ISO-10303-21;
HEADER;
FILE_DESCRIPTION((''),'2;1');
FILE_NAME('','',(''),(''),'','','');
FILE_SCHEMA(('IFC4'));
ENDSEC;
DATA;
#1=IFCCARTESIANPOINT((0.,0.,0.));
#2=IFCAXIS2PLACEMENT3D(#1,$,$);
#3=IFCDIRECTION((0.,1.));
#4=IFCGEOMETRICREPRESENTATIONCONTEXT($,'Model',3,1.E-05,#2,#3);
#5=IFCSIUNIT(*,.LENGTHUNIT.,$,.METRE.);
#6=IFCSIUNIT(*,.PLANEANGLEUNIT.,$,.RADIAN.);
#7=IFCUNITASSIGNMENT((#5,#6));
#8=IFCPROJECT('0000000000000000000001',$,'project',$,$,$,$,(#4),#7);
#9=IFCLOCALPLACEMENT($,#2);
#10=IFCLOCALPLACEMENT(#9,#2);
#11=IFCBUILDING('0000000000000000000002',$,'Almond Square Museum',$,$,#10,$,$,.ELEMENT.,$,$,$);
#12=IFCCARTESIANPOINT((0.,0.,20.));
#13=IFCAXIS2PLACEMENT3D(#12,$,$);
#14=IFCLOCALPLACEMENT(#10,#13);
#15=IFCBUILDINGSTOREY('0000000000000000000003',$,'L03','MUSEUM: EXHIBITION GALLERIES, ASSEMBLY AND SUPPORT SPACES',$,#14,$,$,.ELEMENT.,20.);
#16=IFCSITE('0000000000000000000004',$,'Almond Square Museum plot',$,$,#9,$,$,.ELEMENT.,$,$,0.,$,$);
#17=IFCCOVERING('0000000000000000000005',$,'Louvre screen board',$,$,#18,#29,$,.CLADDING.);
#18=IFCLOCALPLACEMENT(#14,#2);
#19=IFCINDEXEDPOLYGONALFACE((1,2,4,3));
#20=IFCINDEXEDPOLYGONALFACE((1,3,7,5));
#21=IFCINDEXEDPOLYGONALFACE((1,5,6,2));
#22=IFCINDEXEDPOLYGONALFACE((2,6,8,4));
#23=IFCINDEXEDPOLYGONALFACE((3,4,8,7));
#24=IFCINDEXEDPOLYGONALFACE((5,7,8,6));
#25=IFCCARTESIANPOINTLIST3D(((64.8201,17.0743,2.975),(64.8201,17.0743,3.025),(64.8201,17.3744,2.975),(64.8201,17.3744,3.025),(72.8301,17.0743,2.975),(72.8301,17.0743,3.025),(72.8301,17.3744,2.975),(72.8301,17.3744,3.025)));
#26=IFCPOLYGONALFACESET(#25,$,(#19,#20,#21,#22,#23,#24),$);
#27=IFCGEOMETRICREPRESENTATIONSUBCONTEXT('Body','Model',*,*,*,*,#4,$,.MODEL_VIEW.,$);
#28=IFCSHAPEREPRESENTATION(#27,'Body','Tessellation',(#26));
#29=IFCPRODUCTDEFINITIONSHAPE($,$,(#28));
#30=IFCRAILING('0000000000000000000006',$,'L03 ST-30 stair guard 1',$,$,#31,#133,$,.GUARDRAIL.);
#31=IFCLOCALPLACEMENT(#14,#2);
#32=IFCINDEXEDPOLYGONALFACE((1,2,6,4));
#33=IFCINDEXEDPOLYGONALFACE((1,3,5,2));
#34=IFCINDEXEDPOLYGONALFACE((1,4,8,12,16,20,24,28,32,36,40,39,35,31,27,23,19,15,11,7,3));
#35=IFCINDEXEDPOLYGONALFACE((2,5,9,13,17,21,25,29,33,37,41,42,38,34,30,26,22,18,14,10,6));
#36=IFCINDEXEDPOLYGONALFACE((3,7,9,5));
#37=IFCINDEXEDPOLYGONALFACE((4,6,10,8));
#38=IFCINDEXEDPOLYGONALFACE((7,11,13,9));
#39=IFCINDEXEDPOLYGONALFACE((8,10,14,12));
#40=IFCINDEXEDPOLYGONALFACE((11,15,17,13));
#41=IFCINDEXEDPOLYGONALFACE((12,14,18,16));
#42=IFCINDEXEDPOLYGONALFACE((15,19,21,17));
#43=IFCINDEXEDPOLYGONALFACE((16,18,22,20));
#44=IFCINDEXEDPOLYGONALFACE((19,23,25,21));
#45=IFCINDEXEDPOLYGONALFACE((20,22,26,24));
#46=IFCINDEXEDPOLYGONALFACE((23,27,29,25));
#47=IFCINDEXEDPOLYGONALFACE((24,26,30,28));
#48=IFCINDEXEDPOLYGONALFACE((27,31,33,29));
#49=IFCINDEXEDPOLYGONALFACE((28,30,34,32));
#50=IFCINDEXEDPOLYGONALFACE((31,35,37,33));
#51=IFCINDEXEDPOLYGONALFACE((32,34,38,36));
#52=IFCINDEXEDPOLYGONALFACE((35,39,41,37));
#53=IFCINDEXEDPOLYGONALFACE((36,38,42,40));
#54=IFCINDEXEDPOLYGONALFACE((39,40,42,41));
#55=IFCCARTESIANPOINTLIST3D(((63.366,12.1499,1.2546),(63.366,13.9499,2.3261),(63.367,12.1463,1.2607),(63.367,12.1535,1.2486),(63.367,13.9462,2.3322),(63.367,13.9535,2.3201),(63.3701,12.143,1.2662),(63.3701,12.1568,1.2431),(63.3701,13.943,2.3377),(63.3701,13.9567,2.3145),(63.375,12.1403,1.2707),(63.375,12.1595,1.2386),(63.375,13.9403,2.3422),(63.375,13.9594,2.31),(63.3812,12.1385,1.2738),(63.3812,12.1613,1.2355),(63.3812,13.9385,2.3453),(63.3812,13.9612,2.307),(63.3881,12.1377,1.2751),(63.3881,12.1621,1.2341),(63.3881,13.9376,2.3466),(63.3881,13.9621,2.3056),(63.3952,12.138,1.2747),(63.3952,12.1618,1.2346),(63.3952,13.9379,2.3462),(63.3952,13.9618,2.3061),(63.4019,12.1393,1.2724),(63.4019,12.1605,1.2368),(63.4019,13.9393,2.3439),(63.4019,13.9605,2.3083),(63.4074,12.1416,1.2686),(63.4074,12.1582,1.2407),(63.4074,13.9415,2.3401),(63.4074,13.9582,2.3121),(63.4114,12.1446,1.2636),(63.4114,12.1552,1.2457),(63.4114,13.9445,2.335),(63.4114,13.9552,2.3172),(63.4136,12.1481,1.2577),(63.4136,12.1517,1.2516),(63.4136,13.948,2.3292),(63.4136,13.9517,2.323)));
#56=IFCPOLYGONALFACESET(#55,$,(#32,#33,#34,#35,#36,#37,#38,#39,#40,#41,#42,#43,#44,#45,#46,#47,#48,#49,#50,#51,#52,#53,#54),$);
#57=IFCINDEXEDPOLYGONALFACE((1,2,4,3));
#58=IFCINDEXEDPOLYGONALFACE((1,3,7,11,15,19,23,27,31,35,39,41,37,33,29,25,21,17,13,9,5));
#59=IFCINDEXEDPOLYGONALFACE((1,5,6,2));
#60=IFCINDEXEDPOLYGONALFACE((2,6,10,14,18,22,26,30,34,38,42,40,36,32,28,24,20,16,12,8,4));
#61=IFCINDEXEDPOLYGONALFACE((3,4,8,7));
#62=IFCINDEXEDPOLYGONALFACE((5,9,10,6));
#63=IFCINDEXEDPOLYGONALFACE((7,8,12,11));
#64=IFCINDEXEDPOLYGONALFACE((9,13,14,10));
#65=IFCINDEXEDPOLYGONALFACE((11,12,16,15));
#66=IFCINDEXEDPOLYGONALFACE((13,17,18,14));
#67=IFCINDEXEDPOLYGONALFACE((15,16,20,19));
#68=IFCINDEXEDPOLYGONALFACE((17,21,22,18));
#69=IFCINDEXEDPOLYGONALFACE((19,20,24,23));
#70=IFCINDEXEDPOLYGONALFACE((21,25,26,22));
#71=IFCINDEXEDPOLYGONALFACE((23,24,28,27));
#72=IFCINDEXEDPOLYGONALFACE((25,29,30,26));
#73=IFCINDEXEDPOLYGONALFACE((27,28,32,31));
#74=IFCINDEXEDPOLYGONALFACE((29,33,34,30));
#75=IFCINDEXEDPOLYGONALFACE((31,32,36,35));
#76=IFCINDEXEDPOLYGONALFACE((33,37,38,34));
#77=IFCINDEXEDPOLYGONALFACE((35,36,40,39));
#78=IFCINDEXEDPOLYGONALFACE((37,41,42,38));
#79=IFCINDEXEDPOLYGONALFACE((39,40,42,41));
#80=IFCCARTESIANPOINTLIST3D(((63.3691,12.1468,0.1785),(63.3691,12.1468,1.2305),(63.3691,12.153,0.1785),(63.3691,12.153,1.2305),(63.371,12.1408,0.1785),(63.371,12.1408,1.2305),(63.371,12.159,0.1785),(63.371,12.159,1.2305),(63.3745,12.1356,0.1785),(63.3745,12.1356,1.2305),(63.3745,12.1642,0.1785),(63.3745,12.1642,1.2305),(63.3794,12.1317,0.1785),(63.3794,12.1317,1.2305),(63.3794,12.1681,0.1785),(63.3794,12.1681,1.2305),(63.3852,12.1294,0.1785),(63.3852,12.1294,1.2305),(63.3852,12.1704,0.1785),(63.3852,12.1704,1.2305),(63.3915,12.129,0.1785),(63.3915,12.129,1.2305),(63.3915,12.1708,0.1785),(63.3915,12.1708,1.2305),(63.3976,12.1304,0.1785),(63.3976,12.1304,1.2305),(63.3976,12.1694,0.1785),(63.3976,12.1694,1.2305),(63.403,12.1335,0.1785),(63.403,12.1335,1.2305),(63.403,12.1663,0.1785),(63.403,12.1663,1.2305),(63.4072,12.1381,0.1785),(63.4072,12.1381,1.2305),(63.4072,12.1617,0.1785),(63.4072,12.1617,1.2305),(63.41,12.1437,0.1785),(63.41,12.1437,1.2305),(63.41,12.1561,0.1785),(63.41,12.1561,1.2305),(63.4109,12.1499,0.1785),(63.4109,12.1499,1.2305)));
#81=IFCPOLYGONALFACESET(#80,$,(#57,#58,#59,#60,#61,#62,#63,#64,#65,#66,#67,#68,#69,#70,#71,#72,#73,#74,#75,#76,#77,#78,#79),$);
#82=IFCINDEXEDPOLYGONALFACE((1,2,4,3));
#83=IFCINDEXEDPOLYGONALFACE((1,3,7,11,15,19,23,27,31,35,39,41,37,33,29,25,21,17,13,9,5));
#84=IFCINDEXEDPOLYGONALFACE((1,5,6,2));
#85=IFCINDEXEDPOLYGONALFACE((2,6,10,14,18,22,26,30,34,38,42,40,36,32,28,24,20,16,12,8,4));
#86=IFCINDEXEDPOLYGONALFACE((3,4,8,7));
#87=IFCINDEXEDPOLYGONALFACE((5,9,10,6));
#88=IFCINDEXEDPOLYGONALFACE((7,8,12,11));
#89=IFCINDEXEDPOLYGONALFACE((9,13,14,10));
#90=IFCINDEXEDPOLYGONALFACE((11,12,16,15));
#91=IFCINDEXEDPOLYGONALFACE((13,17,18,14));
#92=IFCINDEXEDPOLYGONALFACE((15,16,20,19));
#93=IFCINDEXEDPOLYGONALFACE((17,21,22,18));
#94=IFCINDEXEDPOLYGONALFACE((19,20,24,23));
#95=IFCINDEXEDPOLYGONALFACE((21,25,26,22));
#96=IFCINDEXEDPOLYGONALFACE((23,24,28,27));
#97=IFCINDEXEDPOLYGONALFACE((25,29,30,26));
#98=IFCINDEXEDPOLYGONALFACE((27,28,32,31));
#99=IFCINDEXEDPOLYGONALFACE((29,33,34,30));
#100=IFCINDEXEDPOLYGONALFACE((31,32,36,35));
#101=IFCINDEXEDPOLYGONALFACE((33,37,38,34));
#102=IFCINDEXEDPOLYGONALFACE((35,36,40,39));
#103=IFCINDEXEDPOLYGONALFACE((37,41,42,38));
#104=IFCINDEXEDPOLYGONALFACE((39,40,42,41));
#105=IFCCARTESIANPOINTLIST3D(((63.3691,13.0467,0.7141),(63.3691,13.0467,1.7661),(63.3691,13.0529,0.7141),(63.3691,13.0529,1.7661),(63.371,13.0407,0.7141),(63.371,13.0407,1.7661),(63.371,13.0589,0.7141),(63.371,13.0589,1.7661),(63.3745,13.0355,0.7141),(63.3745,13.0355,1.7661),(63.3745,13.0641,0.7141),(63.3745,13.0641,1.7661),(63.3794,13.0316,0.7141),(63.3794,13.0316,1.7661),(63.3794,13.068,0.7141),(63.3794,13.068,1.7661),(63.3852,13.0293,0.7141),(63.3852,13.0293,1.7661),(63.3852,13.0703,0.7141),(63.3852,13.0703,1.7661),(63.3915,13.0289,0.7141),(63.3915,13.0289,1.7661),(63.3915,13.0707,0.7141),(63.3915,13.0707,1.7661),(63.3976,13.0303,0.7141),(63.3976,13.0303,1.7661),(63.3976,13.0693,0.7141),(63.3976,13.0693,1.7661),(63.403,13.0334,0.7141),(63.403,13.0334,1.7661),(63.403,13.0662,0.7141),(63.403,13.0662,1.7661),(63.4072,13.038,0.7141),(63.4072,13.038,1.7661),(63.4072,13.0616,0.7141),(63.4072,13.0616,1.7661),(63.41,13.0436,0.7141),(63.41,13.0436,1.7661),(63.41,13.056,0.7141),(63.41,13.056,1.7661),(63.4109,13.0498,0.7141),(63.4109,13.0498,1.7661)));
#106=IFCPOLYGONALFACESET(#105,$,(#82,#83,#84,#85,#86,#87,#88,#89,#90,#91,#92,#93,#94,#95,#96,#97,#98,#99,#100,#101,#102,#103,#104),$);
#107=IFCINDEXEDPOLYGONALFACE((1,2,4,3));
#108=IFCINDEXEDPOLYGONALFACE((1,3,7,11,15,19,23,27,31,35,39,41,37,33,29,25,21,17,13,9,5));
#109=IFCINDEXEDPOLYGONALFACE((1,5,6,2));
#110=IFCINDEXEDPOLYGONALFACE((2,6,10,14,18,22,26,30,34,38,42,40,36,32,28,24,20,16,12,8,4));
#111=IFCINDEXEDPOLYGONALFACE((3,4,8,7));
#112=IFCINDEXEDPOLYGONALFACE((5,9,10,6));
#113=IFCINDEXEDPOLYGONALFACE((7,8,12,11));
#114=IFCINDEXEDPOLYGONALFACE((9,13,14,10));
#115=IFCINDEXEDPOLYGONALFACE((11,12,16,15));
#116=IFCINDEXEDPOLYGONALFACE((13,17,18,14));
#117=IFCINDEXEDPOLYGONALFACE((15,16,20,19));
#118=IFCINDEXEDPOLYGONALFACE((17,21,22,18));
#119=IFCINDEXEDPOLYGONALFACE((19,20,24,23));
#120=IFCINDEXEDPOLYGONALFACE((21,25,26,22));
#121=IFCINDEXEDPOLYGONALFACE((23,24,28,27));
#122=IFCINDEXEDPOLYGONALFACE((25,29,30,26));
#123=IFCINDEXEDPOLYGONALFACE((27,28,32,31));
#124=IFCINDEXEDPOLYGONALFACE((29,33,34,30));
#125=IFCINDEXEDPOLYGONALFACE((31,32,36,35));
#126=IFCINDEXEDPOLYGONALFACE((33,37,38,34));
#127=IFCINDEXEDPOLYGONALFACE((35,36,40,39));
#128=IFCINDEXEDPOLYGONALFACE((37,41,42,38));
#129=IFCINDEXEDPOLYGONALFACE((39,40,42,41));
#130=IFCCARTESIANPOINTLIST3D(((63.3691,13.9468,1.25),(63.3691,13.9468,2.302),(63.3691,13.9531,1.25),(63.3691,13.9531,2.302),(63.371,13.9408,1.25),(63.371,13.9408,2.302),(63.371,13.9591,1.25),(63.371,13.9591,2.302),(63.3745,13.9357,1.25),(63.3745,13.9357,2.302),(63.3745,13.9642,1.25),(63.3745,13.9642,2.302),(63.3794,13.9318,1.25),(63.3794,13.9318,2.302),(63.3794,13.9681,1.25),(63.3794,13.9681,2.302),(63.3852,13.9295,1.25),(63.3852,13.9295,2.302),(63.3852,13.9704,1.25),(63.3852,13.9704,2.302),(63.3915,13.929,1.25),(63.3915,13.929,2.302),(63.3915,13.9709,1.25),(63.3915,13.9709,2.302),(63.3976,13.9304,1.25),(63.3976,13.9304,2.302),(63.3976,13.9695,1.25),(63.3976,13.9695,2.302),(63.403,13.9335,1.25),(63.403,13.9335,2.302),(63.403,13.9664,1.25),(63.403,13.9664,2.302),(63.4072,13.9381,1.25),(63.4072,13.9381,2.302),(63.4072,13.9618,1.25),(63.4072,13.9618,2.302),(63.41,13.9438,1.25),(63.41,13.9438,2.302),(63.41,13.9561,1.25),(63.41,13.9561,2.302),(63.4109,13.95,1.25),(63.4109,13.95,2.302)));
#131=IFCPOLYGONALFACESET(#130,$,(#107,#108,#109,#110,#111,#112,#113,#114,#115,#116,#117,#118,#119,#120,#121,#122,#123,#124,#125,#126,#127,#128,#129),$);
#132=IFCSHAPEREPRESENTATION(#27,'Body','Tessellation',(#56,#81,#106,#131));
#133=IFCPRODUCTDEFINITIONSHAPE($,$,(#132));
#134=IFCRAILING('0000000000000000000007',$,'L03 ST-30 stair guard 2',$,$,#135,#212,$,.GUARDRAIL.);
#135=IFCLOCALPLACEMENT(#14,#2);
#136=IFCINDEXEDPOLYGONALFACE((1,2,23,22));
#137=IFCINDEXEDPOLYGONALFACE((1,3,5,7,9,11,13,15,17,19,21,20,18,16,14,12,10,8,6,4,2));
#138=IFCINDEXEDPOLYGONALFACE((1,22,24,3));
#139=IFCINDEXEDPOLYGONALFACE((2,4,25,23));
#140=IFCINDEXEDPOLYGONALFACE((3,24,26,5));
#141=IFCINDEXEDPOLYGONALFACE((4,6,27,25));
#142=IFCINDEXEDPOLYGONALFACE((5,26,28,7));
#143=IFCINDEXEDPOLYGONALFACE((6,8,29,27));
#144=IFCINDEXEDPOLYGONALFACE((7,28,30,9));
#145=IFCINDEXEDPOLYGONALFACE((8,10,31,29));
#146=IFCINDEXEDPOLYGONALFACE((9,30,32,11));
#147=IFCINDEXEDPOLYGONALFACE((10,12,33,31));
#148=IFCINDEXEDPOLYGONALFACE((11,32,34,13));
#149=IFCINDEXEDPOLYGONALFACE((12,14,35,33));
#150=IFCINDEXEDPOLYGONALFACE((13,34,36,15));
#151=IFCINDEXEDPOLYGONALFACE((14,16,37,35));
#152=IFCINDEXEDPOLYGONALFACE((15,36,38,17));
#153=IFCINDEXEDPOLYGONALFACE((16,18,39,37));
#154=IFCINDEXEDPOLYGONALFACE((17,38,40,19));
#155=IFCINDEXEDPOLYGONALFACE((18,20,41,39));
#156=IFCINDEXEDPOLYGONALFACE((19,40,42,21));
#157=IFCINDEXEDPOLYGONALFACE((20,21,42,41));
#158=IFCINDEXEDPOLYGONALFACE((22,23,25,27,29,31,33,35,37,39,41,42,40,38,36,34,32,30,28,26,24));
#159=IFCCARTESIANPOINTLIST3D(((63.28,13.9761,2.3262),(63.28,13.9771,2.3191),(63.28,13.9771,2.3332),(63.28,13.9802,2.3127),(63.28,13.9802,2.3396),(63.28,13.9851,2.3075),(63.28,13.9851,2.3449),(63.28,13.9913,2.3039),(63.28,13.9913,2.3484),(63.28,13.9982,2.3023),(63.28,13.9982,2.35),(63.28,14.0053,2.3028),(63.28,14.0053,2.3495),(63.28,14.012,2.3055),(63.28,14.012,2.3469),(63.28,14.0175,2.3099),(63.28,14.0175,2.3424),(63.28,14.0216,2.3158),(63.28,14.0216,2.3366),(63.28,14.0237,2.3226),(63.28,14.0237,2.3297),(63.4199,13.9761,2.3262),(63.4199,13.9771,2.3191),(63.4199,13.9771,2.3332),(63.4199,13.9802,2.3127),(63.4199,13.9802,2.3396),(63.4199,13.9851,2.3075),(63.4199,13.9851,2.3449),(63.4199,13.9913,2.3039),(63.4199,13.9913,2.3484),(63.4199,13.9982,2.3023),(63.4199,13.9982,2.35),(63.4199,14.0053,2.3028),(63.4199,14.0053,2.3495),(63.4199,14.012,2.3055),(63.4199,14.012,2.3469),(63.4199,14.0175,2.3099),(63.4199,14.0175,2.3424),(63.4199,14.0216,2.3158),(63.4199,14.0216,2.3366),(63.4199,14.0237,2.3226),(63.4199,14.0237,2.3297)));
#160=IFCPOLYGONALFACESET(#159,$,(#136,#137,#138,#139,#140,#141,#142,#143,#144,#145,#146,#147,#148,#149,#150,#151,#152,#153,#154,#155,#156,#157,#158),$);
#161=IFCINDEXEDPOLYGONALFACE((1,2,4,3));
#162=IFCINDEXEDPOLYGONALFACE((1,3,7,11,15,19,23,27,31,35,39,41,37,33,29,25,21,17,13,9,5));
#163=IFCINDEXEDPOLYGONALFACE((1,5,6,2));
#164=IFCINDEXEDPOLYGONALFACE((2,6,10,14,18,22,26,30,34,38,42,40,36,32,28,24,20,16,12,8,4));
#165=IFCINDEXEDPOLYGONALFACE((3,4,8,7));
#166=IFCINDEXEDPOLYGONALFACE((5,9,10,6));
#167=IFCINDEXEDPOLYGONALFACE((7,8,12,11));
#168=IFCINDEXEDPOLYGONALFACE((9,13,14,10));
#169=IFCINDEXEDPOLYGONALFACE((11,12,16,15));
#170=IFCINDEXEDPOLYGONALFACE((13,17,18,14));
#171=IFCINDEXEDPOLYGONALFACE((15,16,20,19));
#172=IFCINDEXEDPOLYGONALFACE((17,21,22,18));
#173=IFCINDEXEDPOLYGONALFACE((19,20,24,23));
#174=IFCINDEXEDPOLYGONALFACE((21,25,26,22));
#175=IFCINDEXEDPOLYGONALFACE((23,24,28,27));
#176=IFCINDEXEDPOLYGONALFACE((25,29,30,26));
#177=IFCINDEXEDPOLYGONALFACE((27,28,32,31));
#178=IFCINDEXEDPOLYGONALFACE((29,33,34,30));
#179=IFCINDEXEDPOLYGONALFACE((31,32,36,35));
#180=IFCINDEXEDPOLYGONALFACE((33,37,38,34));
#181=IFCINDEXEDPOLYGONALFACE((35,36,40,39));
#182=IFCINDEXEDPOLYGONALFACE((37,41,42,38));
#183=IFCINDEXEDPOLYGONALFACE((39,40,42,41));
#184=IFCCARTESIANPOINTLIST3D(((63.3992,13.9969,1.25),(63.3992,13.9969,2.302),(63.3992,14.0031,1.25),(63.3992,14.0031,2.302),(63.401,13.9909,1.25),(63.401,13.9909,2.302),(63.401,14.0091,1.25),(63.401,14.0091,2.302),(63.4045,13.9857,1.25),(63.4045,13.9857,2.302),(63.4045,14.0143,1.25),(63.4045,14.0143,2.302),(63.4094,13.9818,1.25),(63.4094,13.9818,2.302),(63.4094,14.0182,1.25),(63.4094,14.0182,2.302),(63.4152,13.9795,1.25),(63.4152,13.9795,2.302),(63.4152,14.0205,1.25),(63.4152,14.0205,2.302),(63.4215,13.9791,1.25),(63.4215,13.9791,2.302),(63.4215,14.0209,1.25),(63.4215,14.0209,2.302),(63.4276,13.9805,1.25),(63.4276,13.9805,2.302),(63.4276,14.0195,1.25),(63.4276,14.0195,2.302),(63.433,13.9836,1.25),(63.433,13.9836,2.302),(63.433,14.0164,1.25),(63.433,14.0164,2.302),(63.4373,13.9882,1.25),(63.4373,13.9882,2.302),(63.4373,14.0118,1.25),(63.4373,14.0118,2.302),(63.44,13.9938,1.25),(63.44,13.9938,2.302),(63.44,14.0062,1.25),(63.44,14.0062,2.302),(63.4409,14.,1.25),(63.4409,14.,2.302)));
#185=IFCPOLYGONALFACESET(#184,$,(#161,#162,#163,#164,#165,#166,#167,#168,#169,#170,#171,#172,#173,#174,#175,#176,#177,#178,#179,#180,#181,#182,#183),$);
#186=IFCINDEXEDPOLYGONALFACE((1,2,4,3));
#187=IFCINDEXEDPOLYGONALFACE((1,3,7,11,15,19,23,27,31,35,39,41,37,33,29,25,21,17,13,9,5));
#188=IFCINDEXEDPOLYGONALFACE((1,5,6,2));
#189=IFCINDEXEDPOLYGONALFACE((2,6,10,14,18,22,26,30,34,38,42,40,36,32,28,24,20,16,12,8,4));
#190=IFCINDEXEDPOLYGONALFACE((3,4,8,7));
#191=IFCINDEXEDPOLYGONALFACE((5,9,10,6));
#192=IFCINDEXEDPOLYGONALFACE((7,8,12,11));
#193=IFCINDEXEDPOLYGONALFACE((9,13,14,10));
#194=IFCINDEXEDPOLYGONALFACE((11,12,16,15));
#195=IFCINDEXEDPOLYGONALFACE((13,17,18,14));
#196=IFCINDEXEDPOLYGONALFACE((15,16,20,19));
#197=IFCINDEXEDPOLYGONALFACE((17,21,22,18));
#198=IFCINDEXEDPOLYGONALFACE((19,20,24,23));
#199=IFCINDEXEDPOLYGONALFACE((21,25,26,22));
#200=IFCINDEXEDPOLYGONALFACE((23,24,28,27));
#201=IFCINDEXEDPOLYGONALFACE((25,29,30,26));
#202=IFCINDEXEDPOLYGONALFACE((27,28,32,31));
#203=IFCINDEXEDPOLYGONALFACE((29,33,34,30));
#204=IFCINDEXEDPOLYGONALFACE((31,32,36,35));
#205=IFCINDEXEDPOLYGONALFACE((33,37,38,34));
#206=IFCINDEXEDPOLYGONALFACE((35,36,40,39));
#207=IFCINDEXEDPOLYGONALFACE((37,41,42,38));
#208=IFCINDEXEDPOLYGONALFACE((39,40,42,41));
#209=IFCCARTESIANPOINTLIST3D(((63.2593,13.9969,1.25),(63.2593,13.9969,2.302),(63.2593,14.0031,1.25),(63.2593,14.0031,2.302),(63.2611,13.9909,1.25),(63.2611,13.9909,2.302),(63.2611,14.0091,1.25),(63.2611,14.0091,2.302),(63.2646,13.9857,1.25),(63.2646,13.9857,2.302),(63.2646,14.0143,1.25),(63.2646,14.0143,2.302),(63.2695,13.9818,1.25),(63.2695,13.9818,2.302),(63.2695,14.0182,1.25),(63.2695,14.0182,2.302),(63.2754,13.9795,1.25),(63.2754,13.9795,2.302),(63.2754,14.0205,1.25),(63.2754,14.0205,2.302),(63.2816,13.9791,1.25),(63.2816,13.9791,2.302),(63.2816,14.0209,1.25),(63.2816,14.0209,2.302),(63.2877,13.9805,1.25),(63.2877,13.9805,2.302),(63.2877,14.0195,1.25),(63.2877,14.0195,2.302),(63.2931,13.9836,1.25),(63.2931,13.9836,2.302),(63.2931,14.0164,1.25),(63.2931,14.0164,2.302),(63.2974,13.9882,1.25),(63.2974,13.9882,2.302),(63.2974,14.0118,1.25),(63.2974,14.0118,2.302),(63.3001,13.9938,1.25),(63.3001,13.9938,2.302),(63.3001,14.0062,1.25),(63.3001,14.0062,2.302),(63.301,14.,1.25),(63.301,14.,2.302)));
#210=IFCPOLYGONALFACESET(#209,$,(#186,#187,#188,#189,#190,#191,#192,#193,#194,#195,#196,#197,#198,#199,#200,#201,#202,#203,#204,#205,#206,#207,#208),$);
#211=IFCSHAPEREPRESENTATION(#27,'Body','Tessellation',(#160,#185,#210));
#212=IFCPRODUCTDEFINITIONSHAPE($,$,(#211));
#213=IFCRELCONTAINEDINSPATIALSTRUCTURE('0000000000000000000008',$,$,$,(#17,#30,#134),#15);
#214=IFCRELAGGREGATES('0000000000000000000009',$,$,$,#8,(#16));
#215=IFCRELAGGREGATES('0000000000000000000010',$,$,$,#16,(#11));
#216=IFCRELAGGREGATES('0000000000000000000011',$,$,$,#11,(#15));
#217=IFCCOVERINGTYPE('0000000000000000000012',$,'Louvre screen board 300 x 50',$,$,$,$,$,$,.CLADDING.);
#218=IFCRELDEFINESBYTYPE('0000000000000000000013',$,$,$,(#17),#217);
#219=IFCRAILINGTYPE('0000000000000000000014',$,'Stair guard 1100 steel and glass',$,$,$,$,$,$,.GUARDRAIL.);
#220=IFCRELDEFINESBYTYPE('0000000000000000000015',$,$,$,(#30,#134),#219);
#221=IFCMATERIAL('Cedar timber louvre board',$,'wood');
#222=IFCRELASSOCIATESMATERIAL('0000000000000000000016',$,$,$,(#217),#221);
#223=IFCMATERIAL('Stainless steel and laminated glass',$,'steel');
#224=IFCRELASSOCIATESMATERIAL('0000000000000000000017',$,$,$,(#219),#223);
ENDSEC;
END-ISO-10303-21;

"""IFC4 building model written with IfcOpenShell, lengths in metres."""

from ifc_helpers import new_model, si_unit, direction, frame, origin, origin_2d, place, context, subcontext, project, spatial, rectangle, circle, extrude, material, material_profile, profile_set, type_object, element, save


model = new_model("IFC4")

# Units and contexts
model_context = context("Model", 3, precision=1e-05, world=origin(), true_north=direction((0.0, 1.0)))
body_context = subcontext(model_context, "Body", "Model", "MODEL_VIEW")
ifc_project = project(units=[si_unit("LENGTHUNIT", "METRE"), si_unit("PLANEANGLEUNIT", "RADIAN")], contexts=[model_context])

# Site, building, storey
site_placement = place(None, origin())
site = spatial("IfcSite", under=ifc_project, at=site_placement, Name="Almond Square Museum plot", CompositionType="ELEMENT", RefElevation=0.0)
building_placement = place(site_placement, origin())
building = spatial("IfcBuilding", under=site, at=building_placement, Name="Almond Square Museum", CompositionType="ELEMENT")
storey_placement = place(building_placement, frame((0.0, 0.0, 20.0)))
storey = spatial("IfcBuildingStorey", under=building, at=storey_placement, Name="L03", Description="MUSEUM: EXHIBITION GALLERIES, ASSEMBLY AND SUPPORT SPACES", CompositionType="ELEMENT", Elevation=20.0)

# Covering
ifc_material_1 = material(Name="Cedar timber louvre board", Category="wood")
ifc_material_profile_1 = material_profile(ifc_material_1, rectangle(XDim=0.3, YDim=0.05, at=origin_2d()))
ifc_profile_set_1 = profile_set([ifc_material_profile_1], Name="Cedar timber louvre board")
covering_type = type_object("IfcCoveringType", Name="Louvre screen board 300 x 50", PredefinedType="CLADDING", material=ifc_profile_set_1)
for number, where, z_axis, x_axis, name in (
    (1, (64.8201, 17.2244, 3.0), (1.0, 0.0, 0.0), (0.0, 1.0, 0.0), "Louvre screen board"),
):
    element("IfcCovering", number, at=place(storey_placement, frame(where, z_axis=z_axis, x_axis=x_axis)), inside=storey, type_object=covering_type, Name=name, PredefinedType="CLADDING", context=body_context, shape_type="SweptSolid", body=[
        extrude(rectangle(XDim=0.3, YDim=0.05, at=origin_2d()), origin(), (0.0, 0.0, 1.0), 8.01),
    ])

# Railings
ifc_material_2 = material(Name="Stainless steel and laminated glass", Category="steel")
railing_type_1 = type_object("IfcRailingType", Name="Stair guard 1100 steel and glass", PredefinedType="GUARDRAIL", material=ifc_material_2)
railing_1_placement = place(storey_placement, frame((63.3899, 12.1499, 0.1785)))
element("IfcRailing", 2, at=railing_1_placement, inside=storey, type_object=railing_type_1, Name="L03 ST-30 stair guard 1", PredefinedType="GUARDRAIL", context=body_context, shape_type="SweptSolid", body=[
    extrude(circle(Radius=0.0239, at=origin_2d()), frame((0.0, 0.0, 1.0762), z_axis=(0.0, 0.859277, 0.51151), x_axis=(-1.0, 0.0, 0.0)), (0.0, 0.0, 1.0), 2.0947),
    extrude(circle(Radius=0.021, at=origin_2d()), origin(), (0.0, 0.0, 1.0), 1.052),
    extrude(circle(Radius=0.021, at=origin_2d()), frame((0.0, 0.8999, 0.5356)), (0.0, 0.0, 1.0), 1.052),
    extrude(circle(Radius=0.021, at=origin_2d()), frame((0.0, 1.8, 1.0715)), (0.0, 0.0, 1.0), 1.052),
])
for number, where, name in (
    (3, (63.4199, 14.0, 1.25), "L03 ST-30 stair guard 2"),
):
    element("IfcRailing", number, at=place(storey_placement, frame(where)), inside=storey, type_object=railing_type_1, Name=name, PredefinedType="GUARDRAIL", context=body_context, shape_type="SweptSolid", body=[
        extrude(circle(Radius=0.0239, at=origin_2d()), frame((0.0, 0.0, 1.0762), z_axis=(-1.0, 0.0, 0.0), x_axis=(0.0, -1.0, 0.0)), (0.0, 0.0, 1.0), 0.1399),
        extrude(circle(Radius=0.021, at=origin_2d()), origin(), (0.0, 0.0, 1.0), 1.052),
        extrude(circle(Radius=0.021, at=origin_2d()), frame((-0.1399, 0.0, 0.0)), (0.0, 0.0, 1.0), 1.052),
    ])

save(model, "model.ifc")
